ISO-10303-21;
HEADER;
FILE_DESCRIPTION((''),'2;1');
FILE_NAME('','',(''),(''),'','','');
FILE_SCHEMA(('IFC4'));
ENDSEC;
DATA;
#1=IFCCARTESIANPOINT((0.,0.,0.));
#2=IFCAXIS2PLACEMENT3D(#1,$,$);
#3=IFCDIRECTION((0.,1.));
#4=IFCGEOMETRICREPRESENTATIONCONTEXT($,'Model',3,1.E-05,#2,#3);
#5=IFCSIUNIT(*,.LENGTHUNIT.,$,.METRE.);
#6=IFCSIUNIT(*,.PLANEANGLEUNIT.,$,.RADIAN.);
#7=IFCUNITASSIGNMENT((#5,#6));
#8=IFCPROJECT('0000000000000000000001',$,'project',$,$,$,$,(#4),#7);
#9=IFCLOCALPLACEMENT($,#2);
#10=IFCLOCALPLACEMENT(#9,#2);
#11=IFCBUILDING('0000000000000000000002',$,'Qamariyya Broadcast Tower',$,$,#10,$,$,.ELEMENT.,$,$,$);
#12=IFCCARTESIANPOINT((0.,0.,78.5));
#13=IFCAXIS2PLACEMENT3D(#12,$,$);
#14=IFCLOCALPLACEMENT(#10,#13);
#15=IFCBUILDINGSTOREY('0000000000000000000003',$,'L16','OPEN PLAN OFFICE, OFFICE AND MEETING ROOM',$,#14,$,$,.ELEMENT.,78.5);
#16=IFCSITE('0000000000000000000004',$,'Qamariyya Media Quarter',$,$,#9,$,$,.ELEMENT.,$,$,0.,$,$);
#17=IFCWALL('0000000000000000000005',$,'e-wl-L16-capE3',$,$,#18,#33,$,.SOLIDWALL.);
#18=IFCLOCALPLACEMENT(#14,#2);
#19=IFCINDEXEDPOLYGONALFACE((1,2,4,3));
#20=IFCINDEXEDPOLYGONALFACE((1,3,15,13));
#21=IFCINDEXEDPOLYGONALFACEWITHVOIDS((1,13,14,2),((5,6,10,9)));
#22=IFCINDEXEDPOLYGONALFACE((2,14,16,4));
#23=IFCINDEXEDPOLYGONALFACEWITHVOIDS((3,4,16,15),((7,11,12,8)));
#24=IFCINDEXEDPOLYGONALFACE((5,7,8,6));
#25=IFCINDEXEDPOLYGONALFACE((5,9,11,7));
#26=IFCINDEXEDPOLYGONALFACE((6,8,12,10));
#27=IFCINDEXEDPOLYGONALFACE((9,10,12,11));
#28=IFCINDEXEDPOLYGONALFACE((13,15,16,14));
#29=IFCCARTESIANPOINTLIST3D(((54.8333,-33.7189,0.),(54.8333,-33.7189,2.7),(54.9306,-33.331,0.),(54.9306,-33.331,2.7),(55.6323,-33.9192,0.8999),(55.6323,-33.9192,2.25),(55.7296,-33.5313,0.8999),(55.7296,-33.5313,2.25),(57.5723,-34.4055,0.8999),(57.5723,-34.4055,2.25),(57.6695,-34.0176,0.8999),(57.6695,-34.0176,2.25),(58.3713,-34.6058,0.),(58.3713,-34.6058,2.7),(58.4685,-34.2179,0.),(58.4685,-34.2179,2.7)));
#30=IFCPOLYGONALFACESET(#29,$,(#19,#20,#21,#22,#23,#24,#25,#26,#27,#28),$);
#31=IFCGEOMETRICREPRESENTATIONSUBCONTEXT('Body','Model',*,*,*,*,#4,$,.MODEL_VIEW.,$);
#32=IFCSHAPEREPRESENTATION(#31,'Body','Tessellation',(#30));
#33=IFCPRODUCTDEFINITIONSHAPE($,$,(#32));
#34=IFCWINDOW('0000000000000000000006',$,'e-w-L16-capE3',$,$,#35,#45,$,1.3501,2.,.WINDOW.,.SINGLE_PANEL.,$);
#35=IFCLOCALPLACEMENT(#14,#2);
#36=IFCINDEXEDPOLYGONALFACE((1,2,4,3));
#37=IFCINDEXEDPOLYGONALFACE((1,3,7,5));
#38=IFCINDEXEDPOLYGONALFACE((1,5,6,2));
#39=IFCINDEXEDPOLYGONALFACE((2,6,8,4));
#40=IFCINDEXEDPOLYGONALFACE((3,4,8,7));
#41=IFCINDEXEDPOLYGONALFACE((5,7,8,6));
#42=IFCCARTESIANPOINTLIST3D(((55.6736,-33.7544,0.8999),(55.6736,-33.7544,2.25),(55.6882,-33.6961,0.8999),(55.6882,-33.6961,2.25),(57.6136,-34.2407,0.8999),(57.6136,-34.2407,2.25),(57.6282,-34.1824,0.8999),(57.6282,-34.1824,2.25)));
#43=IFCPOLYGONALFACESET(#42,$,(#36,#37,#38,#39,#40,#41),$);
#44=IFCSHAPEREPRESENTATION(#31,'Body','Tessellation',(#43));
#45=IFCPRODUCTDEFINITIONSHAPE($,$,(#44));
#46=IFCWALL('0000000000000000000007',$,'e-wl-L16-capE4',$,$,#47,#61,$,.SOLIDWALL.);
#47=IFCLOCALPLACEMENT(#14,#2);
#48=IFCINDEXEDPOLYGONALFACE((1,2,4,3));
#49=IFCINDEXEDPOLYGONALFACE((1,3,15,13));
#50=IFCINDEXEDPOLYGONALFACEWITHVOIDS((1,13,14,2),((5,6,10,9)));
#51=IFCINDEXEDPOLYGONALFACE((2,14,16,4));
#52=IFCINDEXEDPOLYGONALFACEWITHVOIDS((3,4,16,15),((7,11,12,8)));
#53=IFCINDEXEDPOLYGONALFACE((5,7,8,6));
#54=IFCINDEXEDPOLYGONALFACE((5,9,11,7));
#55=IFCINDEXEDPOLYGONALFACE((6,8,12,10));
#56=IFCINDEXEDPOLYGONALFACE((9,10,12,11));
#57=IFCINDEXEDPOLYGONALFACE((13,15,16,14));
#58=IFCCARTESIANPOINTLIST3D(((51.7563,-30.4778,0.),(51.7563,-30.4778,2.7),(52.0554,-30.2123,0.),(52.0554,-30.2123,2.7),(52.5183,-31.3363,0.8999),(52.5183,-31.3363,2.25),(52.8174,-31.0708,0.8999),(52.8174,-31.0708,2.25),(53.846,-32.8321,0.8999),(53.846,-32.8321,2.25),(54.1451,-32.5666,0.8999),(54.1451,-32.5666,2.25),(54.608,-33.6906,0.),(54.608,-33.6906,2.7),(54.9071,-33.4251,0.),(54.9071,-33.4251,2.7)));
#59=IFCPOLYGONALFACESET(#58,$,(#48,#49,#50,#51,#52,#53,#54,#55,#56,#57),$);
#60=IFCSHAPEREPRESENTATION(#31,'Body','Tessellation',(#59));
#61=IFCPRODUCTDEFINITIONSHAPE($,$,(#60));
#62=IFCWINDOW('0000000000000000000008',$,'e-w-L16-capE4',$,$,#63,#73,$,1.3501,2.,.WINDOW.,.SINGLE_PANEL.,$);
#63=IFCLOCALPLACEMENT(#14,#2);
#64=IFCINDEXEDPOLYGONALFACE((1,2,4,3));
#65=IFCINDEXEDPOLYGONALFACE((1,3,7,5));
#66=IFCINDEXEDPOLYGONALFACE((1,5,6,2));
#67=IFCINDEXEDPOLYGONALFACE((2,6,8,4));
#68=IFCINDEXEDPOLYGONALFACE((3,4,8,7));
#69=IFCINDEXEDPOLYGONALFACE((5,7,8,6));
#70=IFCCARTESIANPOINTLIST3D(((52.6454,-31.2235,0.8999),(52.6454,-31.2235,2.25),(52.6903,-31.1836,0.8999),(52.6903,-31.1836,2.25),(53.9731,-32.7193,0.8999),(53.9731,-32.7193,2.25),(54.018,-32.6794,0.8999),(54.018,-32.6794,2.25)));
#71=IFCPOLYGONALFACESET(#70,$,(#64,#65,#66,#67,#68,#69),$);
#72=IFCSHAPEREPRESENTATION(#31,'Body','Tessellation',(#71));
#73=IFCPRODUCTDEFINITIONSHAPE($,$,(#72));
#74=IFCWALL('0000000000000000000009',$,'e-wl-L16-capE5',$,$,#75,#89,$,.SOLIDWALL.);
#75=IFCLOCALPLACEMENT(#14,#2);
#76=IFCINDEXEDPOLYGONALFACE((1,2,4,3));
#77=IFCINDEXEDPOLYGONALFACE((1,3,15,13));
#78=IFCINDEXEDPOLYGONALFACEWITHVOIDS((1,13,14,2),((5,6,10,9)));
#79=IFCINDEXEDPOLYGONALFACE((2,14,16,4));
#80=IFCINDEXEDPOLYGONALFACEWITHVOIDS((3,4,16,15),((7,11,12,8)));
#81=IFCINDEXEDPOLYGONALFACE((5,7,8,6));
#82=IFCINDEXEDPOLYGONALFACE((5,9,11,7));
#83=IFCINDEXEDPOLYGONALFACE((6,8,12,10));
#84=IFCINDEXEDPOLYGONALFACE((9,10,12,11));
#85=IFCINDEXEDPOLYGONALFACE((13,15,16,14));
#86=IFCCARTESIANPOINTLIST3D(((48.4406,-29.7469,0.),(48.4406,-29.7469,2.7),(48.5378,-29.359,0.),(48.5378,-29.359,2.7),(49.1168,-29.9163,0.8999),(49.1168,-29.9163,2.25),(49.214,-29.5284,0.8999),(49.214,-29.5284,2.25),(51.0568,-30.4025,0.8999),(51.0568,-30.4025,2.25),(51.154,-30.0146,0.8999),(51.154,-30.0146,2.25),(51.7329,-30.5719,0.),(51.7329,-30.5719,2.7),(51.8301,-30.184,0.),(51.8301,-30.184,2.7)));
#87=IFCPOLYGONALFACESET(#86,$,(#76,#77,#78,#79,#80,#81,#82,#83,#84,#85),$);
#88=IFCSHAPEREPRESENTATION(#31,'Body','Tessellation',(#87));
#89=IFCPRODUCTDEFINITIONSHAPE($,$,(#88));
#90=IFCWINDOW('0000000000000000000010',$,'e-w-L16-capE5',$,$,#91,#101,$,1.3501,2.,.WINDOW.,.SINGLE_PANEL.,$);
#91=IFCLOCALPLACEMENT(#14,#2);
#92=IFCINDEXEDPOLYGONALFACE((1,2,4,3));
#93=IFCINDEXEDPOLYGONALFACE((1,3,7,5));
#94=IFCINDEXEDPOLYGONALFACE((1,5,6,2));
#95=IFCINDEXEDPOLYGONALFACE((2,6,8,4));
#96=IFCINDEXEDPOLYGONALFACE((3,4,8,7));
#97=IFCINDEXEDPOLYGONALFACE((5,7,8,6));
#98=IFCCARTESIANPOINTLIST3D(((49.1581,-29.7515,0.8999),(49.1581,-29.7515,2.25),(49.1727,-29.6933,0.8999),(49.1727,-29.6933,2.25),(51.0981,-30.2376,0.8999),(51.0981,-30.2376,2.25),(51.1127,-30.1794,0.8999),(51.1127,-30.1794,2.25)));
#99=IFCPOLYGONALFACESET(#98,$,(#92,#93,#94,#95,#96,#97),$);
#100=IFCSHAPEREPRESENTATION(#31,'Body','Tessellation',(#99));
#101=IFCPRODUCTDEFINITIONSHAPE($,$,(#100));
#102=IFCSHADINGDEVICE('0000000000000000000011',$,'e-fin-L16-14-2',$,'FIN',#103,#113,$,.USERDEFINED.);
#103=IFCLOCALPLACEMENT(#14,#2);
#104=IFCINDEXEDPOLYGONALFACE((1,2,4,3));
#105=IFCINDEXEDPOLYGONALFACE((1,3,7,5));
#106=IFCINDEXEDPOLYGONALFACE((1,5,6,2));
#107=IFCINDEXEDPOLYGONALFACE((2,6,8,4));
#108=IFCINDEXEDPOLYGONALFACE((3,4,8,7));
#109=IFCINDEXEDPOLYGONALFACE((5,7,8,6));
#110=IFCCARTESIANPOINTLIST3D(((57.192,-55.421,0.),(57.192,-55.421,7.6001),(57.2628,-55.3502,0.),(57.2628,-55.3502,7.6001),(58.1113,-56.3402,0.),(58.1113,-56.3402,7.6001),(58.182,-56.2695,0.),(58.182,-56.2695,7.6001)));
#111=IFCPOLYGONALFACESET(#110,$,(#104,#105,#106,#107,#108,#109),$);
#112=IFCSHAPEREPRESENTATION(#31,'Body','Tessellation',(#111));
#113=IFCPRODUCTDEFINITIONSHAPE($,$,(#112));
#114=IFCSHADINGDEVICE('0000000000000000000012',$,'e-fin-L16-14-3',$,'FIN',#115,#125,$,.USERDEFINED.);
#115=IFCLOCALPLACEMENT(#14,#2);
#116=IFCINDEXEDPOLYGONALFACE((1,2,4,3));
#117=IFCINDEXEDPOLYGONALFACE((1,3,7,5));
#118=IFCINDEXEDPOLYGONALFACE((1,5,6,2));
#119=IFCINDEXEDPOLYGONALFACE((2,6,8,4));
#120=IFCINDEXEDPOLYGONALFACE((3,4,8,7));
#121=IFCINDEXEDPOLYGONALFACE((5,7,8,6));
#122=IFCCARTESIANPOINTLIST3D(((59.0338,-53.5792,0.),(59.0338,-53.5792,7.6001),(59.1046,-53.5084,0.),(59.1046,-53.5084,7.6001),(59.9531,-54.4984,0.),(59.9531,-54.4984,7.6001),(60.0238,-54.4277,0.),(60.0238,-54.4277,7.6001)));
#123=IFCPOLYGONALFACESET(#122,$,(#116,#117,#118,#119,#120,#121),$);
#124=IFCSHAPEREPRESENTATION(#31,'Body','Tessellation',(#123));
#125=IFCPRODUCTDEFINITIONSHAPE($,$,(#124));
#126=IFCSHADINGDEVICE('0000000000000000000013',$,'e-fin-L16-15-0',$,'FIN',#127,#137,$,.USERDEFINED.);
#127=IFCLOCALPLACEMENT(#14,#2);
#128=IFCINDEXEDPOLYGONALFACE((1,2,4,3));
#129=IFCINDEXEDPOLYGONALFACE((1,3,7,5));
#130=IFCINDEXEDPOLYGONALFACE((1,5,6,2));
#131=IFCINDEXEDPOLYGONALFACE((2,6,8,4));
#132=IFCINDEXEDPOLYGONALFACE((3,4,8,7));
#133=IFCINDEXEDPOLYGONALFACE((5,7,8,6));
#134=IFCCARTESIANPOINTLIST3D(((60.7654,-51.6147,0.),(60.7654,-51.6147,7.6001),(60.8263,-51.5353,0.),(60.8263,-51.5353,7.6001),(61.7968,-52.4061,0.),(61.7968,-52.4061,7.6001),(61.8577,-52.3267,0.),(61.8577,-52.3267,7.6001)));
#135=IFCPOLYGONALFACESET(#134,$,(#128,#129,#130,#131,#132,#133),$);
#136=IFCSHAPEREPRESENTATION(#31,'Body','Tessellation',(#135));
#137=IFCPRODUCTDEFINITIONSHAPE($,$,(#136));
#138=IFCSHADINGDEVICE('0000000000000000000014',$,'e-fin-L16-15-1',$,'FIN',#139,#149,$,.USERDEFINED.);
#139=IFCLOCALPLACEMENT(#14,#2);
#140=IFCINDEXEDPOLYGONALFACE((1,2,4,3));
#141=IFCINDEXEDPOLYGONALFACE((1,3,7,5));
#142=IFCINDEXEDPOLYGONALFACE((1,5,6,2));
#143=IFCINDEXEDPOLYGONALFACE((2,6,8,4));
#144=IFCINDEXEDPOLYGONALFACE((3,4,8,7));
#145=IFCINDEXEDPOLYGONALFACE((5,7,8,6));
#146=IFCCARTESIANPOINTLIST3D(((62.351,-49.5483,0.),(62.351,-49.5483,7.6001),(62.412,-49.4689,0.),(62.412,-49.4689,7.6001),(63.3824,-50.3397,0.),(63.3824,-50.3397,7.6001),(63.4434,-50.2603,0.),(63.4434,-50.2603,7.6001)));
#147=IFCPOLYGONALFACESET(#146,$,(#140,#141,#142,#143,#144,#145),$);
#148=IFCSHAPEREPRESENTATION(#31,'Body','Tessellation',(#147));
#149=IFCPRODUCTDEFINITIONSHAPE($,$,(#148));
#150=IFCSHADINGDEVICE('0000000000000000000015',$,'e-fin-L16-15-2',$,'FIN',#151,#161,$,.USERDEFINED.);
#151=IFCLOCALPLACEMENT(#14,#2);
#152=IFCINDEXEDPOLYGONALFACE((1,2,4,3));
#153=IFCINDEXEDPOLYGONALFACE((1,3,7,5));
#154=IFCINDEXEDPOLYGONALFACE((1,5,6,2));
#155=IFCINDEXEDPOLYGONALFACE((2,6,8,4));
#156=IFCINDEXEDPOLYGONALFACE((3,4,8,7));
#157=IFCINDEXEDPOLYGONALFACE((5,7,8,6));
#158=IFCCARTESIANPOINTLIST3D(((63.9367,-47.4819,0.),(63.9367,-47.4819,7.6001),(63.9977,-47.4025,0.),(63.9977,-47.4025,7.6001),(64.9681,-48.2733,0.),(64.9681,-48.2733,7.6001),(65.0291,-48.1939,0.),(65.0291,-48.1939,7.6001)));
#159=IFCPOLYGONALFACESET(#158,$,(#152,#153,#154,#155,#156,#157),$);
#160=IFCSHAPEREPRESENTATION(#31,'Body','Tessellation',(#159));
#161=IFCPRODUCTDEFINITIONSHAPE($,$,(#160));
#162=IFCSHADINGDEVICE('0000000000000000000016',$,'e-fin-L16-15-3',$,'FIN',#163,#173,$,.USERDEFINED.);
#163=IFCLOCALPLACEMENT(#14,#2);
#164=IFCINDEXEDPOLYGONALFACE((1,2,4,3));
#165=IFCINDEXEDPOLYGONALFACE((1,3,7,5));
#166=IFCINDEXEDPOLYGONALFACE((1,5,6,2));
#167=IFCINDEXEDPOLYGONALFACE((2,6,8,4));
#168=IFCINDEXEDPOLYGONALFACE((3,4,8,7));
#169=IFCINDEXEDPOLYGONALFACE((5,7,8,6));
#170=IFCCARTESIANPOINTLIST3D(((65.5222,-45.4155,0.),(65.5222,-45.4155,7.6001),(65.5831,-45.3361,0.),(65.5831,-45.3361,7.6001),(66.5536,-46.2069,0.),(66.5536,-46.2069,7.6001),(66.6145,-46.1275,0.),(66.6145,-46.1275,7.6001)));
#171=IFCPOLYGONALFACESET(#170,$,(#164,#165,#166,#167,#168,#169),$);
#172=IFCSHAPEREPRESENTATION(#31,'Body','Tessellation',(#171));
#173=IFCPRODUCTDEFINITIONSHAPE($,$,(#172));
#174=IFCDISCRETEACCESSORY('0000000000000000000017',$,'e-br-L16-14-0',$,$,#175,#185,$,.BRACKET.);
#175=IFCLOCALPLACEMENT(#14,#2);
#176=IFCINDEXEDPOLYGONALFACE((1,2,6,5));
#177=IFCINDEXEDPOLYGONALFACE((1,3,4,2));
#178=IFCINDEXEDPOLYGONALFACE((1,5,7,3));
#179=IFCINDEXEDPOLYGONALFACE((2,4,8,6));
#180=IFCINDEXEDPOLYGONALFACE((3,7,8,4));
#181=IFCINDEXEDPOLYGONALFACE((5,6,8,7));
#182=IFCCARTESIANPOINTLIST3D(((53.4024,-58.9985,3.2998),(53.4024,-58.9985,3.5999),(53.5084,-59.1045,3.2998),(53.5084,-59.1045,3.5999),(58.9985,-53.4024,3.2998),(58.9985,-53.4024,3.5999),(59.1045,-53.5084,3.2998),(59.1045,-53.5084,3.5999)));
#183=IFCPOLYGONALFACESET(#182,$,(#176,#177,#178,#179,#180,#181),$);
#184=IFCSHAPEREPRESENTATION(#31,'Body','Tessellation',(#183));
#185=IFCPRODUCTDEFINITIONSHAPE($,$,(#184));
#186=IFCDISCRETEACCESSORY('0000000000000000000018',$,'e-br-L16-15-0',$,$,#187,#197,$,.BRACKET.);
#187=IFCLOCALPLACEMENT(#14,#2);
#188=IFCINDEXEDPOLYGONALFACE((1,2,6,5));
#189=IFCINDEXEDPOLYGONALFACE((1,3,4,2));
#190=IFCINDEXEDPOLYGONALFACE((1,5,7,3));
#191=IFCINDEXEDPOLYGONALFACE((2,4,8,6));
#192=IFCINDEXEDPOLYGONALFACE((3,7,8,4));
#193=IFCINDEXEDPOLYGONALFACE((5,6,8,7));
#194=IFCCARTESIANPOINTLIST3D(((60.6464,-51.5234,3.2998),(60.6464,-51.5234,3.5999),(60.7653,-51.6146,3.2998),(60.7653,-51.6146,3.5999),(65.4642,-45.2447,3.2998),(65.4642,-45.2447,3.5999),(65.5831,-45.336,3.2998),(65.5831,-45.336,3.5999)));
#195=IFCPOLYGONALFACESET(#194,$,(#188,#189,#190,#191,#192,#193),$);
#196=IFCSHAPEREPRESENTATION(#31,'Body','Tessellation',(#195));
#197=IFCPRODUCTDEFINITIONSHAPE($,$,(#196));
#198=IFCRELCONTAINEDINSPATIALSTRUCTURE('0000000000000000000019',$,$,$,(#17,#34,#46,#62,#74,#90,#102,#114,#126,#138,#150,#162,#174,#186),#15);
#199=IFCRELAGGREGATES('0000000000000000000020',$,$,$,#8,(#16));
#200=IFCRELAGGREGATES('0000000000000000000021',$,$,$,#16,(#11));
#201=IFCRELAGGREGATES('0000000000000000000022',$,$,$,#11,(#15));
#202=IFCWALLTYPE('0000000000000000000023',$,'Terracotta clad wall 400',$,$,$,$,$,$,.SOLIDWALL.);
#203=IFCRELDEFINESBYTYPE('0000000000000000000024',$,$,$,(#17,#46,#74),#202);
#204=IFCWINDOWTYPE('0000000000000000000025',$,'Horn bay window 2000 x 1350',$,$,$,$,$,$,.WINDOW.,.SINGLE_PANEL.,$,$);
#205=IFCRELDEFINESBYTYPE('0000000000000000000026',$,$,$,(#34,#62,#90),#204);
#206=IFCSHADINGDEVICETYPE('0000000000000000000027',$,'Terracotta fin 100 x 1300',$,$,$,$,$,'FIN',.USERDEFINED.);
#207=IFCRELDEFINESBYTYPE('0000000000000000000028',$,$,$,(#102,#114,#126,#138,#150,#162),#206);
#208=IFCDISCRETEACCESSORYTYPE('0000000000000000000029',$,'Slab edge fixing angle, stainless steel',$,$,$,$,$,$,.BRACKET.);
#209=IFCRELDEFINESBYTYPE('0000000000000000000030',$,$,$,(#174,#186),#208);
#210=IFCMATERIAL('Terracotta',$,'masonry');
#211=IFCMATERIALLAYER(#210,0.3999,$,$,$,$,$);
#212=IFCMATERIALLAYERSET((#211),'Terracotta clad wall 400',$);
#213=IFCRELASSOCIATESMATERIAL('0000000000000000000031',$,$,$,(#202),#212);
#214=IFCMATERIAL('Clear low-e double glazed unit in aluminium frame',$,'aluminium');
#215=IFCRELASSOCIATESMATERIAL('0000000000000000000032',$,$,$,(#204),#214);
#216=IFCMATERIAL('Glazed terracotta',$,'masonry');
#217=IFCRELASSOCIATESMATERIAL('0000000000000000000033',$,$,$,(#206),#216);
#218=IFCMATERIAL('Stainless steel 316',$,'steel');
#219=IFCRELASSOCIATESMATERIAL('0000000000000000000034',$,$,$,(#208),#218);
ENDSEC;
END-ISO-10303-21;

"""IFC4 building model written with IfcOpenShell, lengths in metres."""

from ifc_helpers import new_model, si_unit, direction, frame, frame_2d, origin, origin_2d, place, context, subcontext, project, spatial, rectangle, extrude, material, layer, layer_set, material_profile, profile_set, type_object, element, fill, save


model = new_model("IFC4")

# Units and contexts
model_context = context("Model", 3, precision=1e-05, world=origin(), true_north=direction((0.0, 1.0)))
body_context = subcontext(model_context, "Body", "Model", "MODEL_VIEW")
ifc_project = project(units=[si_unit("LENGTHUNIT", "METRE"), si_unit("PLANEANGLEUNIT", "RADIAN")], contexts=[model_context])

# Site, building, storey
site_placement = place(None, origin())
site = spatial("IfcSite", under=ifc_project, at=site_placement, Name="Qamariyya Media Quarter", CompositionType="ELEMENT", RefElevation=0.0)
building_placement = place(site_placement, origin())
building = spatial("IfcBuilding", under=site, at=building_placement, Name="Qamariyya Broadcast Tower", CompositionType="ELEMENT")
storey_placement = place(building_placement, frame((0.0, 0.0, 78.5)))
storey = spatial("IfcBuildingStorey", under=building, at=storey_placement, Name="L16", Description="OPEN PLAN OFFICE, OFFICE AND MEETING ROOM", CompositionType="ELEMENT", Elevation=78.5)

# Walls, openings, windows
ifc_material_1 = material(Name="Terracotta", Category="masonry")
ifc_layer = layer(ifc_material_1, 0.3999)
ifc_layer_set = layer_set([ifc_layer], Name="Terracotta clad wall 400")
wall_type = type_object("IfcWallType", Name="Terracotta clad wall 400", PredefinedType="SOLIDWALL", material=ifc_layer_set)
ifc_material_2 = material(Name="Clear low-e double glazed unit in aluminium frame", Category="aluminium")
window_type = type_object("IfcWindowType", Name="Horn bay window 2000 x 1350", PartitioningType="SINGLE_PANEL", PredefinedType="WINDOW", material=ifc_material_2)
wall_1_placement = place(storey_placement, frame((58.4199, -34.4119, 0.0), z_axis=(0.0, 0.0, 1.0), x_axis=(-0.969985, 0.243166, 0.0)))
wall_1 = element("IfcWall", 1, at=wall_1_placement, inside=storey, type_object=wall_type, Name="e-wl-L16-capE3", PredefinedType="SOLIDWALL", context=body_context, shape_type="SweptSolid", body=[
    extrude(rectangle(XDim=3.6475, YDim=0.3999, at=frame_2d((1.8237, 0.0))), origin(), (0.0, 0.0, 1.0), 2.7),
])
opening_1_placement = place(wall_1_placement, frame((0.8237, 0.0, 0.8999)))
opening_1 = element("IfcOpeningElement", 2, at=opening_1_placement, cuts=wall_1, PredefinedType="OPENING", context=body_context, shape_type="SweptSolid", body=[
    extrude(rectangle(XDim=2.0, YDim=1.3501, at=frame_2d((1.0, 0.675))), frame((0.0, 0.21, 0.0), z_axis=(0.0, -1.0, 0.0), x_axis=(1.0, 0.0, 0.0)), (0.0, 0.0, 1.0), 0.4199),
])
window_1_placement = place(opening_1_placement, origin())
window_1 = element("IfcWindow", 3, at=window_1_placement, inside=storey, type_object=window_type, Name="e-w-L16-capE3", OverallHeight=1.3501, OverallWidth=2.0, PartitioningType="SINGLE_PANEL", PredefinedType="WINDOW", context=body_context, shape_type="SweptSolid", body=[
    extrude(rectangle(XDim=2.0, YDim=1.3501, at=frame_2d((1.0, 0.675))), frame((0.0, 0.03, 0.0), z_axis=(0.0, -1.0, 0.0), x_axis=(1.0, 0.0, 0.0)), (0.0, 0.0, 1.0), 0.0601),
])
fill(opening_1, window_1)
wall_2_placement = place(storey_placement, frame((54.7576, -33.5579, 0.0), z_axis=(0.0, 0.0, 1.0), x_axis=(-0.663831, 0.747883, 0.0)))
wall_2 = element("IfcWall", 4, at=wall_2_placement, inside=storey, type_object=wall_type, Name="e-wl-L16-capE4", PredefinedType="SOLIDWALL", context=body_context, shape_type="SweptSolid", body=[
    extrude(rectangle(XDim=4.2959, YDim=0.3999, at=frame_2d((2.1479, 0.0))), origin(), (0.0, 0.0, 1.0), 2.7),
])
opening_2_placement = place(wall_2_placement, frame((1.1479, 0.0, 0.8999)))
opening_2 = element("IfcOpeningElement", 5, at=opening_2_placement, cuts=wall_2, PredefinedType="OPENING", context=body_context, shape_type="SweptSolid", body=[
    extrude(rectangle(XDim=2.0, YDim=1.3501, at=frame_2d((1.0, 0.675))), frame((0.0, 0.21, 0.0), z_axis=(0.0, -1.0, 0.0), x_axis=(1.0, 0.0, 0.0)), (0.0, 0.0, 1.0), 0.4199),
])
window_2_placement = place(opening_2_placement, origin())
window_2 = element("IfcWindow", 6, at=window_2_placement, inside=storey, type_object=window_type, Name="e-w-L16-capE4", OverallHeight=1.3501, OverallWidth=2.0, PartitioningType="SINGLE_PANEL", PredefinedType="WINDOW", context=body_context, shape_type="SweptSolid", body=[
    extrude(rectangle(XDim=2.0, YDim=1.3501, at=frame_2d((1.0, 0.675))), frame((0.0, 0.03, 0.0), z_axis=(0.0, -1.0, 0.0), x_axis=(1.0, 0.0, 0.0)), (0.0, 0.0, 1.0), 0.0601),
])
fill(opening_2, window_2)
wall_3_placement = place(storey_placement, frame((51.7815, -30.3779, 0.0), z_axis=(0.0, 0.0, 1.0), x_axis=(-0.970011, 0.24306, 0.0)))
wall_3 = element("IfcWall", 7, at=wall_3_placement, inside=storey, type_object=wall_type, Name="e-wl-L16-capE5", PredefinedType="SOLIDWALL", context=body_context, shape_type="SweptSolid", body=[
    extrude(rectangle(XDim=3.394, YDim=0.3999, at=frame_2d((1.697, 0.0))), origin(), (0.0, 0.0, 1.0), 2.7),
])
opening_3_placement = place(wall_3_placement, frame((0.697, 0.0, 0.8999)))
opening_3 = element("IfcOpeningElement", 8, at=opening_3_placement, cuts=wall_3, PredefinedType="OPENING", context=body_context, shape_type="SweptSolid", body=[
    extrude(rectangle(XDim=2.0, YDim=1.3501, at=frame_2d((1.0, 0.675))), frame((0.0, 0.21, 0.0), z_axis=(0.0, -1.0, 0.0), x_axis=(1.0, 0.0, 0.0)), (0.0, 0.0, 1.0), 0.4199),
])
window_3_placement = place(opening_3_placement, origin())
window_3 = element("IfcWindow", 9, at=window_3_placement, inside=storey, type_object=window_type, Name="e-w-L16-capE5", OverallHeight=1.3501, OverallWidth=2.0, PartitioningType="SINGLE_PANEL", PredefinedType="WINDOW", context=body_context, shape_type="SweptSolid", body=[
    extrude(rectangle(XDim=2.0, YDim=1.3501, at=frame_2d((1.0, 0.675))), frame((0.0, 0.03, 0.0), z_axis=(0.0, -1.0, 0.0), x_axis=(1.0, 0.0, 0.0)), (0.0, 0.0, 1.0), 0.0601),
])
fill(opening_3, window_3)

# Shading devices
ifc_material_3 = material(Name="Glazed terracotta", Category="masonry")
ifc_material_profile_1 = material_profile(ifc_material_3, rectangle(XDim=1.3, YDim=0.1001, at=origin_2d()))
ifc_profile_set_1 = profile_set([ifc_material_profile_1], Name="Glazed terracotta")
shading_device_type_1 = type_object("IfcShadingDeviceType", Name="Terracotta fin 100 x 1300", ElementType="FIN", PredefinedType="USERDEFINED", material=ifc_profile_set_1)
for number, where, z_axis, x_axis, name in (
    (10, (57.687, -55.8452, 0.0), (0.0, 0.0, 1.0), (0.707107, -0.707107, 0.0), "e-fin-L16-14-2"),
    (11, (59.5288, -54.0034, 0.0), (0.0, 0.0, 1.0), (0.707107, -0.707107, 0.0), "e-fin-L16-14-3"),
    (12, (61.3115, -51.9707, 0.0), (0.0, 0.0, 1.0), (0.793353, -0.608761, 0.0), "e-fin-L16-15-0"),
    (13, (62.8972, -49.9043, 0.0), (0.0, 0.0, 1.0), (0.793353, -0.608761, 0.0), "e-fin-L16-15-1"),
    (14, (64.4829, -47.8379, 0.0), (0.0, 0.0, 1.0), (0.793353, -0.608761, 0.0), "e-fin-L16-15-2"),
    (15, (66.0684, -45.7715, 0.0), (0.0, 0.0, 1.0), (0.793353, -0.608761, 0.0), "e-fin-L16-15-3"),
):
    element("IfcShadingDevice", number, at=place(storey_placement, frame(where, z_axis=z_axis, x_axis=x_axis)), inside=storey, type_object=shading_device_type_1, Name=name, ObjectType="FIN", PredefinedType="USERDEFINED", context=body_context, shape_type="SweptSolid", body=[
        extrude(rectangle(XDim=1.3, YDim=0.1001, at=origin_2d()), origin(), (0.0, 0.0, 1.0), 7.6001),
    ])

# Discrete accessories
ifc_material_4 = material(Name="Stainless steel 316", Category="steel")
discrete_accessory_type = type_object("IfcDiscreteAccessoryType", Name="Slab edge fixing angle, stainless steel", PredefinedType="BRACKET", material=ifc_material_4)
for number, where, z_axis, x_axis, name in (
    (16, (56.2534, -56.2534, 3.2998), (0.0, 0.0, 1.0), (0.707107, 0.707107, 0.0), "e-br-L16-14-0"),
    (17, (63.1147, -48.4297, 3.2998), (0.0, 0.0, 1.0), (0.608761, 0.793353, 0.0), "e-br-L16-15-0"),
):
    element("IfcDiscreteAccessory", number, at=place(storey_placement, frame(where, z_axis=z_axis, x_axis=x_axis)), inside=storey, type_object=discrete_accessory_type, Name=name, PredefinedType="BRACKET", context=body_context, shape_type="SweptSolid", body=[
        extrude(rectangle(XDim=7.9141, YDim=0.1499, at=origin_2d()), origin(), (0.0, 0.0, 1.0), 0.3),
    ])

save(model, "model.ifc")
